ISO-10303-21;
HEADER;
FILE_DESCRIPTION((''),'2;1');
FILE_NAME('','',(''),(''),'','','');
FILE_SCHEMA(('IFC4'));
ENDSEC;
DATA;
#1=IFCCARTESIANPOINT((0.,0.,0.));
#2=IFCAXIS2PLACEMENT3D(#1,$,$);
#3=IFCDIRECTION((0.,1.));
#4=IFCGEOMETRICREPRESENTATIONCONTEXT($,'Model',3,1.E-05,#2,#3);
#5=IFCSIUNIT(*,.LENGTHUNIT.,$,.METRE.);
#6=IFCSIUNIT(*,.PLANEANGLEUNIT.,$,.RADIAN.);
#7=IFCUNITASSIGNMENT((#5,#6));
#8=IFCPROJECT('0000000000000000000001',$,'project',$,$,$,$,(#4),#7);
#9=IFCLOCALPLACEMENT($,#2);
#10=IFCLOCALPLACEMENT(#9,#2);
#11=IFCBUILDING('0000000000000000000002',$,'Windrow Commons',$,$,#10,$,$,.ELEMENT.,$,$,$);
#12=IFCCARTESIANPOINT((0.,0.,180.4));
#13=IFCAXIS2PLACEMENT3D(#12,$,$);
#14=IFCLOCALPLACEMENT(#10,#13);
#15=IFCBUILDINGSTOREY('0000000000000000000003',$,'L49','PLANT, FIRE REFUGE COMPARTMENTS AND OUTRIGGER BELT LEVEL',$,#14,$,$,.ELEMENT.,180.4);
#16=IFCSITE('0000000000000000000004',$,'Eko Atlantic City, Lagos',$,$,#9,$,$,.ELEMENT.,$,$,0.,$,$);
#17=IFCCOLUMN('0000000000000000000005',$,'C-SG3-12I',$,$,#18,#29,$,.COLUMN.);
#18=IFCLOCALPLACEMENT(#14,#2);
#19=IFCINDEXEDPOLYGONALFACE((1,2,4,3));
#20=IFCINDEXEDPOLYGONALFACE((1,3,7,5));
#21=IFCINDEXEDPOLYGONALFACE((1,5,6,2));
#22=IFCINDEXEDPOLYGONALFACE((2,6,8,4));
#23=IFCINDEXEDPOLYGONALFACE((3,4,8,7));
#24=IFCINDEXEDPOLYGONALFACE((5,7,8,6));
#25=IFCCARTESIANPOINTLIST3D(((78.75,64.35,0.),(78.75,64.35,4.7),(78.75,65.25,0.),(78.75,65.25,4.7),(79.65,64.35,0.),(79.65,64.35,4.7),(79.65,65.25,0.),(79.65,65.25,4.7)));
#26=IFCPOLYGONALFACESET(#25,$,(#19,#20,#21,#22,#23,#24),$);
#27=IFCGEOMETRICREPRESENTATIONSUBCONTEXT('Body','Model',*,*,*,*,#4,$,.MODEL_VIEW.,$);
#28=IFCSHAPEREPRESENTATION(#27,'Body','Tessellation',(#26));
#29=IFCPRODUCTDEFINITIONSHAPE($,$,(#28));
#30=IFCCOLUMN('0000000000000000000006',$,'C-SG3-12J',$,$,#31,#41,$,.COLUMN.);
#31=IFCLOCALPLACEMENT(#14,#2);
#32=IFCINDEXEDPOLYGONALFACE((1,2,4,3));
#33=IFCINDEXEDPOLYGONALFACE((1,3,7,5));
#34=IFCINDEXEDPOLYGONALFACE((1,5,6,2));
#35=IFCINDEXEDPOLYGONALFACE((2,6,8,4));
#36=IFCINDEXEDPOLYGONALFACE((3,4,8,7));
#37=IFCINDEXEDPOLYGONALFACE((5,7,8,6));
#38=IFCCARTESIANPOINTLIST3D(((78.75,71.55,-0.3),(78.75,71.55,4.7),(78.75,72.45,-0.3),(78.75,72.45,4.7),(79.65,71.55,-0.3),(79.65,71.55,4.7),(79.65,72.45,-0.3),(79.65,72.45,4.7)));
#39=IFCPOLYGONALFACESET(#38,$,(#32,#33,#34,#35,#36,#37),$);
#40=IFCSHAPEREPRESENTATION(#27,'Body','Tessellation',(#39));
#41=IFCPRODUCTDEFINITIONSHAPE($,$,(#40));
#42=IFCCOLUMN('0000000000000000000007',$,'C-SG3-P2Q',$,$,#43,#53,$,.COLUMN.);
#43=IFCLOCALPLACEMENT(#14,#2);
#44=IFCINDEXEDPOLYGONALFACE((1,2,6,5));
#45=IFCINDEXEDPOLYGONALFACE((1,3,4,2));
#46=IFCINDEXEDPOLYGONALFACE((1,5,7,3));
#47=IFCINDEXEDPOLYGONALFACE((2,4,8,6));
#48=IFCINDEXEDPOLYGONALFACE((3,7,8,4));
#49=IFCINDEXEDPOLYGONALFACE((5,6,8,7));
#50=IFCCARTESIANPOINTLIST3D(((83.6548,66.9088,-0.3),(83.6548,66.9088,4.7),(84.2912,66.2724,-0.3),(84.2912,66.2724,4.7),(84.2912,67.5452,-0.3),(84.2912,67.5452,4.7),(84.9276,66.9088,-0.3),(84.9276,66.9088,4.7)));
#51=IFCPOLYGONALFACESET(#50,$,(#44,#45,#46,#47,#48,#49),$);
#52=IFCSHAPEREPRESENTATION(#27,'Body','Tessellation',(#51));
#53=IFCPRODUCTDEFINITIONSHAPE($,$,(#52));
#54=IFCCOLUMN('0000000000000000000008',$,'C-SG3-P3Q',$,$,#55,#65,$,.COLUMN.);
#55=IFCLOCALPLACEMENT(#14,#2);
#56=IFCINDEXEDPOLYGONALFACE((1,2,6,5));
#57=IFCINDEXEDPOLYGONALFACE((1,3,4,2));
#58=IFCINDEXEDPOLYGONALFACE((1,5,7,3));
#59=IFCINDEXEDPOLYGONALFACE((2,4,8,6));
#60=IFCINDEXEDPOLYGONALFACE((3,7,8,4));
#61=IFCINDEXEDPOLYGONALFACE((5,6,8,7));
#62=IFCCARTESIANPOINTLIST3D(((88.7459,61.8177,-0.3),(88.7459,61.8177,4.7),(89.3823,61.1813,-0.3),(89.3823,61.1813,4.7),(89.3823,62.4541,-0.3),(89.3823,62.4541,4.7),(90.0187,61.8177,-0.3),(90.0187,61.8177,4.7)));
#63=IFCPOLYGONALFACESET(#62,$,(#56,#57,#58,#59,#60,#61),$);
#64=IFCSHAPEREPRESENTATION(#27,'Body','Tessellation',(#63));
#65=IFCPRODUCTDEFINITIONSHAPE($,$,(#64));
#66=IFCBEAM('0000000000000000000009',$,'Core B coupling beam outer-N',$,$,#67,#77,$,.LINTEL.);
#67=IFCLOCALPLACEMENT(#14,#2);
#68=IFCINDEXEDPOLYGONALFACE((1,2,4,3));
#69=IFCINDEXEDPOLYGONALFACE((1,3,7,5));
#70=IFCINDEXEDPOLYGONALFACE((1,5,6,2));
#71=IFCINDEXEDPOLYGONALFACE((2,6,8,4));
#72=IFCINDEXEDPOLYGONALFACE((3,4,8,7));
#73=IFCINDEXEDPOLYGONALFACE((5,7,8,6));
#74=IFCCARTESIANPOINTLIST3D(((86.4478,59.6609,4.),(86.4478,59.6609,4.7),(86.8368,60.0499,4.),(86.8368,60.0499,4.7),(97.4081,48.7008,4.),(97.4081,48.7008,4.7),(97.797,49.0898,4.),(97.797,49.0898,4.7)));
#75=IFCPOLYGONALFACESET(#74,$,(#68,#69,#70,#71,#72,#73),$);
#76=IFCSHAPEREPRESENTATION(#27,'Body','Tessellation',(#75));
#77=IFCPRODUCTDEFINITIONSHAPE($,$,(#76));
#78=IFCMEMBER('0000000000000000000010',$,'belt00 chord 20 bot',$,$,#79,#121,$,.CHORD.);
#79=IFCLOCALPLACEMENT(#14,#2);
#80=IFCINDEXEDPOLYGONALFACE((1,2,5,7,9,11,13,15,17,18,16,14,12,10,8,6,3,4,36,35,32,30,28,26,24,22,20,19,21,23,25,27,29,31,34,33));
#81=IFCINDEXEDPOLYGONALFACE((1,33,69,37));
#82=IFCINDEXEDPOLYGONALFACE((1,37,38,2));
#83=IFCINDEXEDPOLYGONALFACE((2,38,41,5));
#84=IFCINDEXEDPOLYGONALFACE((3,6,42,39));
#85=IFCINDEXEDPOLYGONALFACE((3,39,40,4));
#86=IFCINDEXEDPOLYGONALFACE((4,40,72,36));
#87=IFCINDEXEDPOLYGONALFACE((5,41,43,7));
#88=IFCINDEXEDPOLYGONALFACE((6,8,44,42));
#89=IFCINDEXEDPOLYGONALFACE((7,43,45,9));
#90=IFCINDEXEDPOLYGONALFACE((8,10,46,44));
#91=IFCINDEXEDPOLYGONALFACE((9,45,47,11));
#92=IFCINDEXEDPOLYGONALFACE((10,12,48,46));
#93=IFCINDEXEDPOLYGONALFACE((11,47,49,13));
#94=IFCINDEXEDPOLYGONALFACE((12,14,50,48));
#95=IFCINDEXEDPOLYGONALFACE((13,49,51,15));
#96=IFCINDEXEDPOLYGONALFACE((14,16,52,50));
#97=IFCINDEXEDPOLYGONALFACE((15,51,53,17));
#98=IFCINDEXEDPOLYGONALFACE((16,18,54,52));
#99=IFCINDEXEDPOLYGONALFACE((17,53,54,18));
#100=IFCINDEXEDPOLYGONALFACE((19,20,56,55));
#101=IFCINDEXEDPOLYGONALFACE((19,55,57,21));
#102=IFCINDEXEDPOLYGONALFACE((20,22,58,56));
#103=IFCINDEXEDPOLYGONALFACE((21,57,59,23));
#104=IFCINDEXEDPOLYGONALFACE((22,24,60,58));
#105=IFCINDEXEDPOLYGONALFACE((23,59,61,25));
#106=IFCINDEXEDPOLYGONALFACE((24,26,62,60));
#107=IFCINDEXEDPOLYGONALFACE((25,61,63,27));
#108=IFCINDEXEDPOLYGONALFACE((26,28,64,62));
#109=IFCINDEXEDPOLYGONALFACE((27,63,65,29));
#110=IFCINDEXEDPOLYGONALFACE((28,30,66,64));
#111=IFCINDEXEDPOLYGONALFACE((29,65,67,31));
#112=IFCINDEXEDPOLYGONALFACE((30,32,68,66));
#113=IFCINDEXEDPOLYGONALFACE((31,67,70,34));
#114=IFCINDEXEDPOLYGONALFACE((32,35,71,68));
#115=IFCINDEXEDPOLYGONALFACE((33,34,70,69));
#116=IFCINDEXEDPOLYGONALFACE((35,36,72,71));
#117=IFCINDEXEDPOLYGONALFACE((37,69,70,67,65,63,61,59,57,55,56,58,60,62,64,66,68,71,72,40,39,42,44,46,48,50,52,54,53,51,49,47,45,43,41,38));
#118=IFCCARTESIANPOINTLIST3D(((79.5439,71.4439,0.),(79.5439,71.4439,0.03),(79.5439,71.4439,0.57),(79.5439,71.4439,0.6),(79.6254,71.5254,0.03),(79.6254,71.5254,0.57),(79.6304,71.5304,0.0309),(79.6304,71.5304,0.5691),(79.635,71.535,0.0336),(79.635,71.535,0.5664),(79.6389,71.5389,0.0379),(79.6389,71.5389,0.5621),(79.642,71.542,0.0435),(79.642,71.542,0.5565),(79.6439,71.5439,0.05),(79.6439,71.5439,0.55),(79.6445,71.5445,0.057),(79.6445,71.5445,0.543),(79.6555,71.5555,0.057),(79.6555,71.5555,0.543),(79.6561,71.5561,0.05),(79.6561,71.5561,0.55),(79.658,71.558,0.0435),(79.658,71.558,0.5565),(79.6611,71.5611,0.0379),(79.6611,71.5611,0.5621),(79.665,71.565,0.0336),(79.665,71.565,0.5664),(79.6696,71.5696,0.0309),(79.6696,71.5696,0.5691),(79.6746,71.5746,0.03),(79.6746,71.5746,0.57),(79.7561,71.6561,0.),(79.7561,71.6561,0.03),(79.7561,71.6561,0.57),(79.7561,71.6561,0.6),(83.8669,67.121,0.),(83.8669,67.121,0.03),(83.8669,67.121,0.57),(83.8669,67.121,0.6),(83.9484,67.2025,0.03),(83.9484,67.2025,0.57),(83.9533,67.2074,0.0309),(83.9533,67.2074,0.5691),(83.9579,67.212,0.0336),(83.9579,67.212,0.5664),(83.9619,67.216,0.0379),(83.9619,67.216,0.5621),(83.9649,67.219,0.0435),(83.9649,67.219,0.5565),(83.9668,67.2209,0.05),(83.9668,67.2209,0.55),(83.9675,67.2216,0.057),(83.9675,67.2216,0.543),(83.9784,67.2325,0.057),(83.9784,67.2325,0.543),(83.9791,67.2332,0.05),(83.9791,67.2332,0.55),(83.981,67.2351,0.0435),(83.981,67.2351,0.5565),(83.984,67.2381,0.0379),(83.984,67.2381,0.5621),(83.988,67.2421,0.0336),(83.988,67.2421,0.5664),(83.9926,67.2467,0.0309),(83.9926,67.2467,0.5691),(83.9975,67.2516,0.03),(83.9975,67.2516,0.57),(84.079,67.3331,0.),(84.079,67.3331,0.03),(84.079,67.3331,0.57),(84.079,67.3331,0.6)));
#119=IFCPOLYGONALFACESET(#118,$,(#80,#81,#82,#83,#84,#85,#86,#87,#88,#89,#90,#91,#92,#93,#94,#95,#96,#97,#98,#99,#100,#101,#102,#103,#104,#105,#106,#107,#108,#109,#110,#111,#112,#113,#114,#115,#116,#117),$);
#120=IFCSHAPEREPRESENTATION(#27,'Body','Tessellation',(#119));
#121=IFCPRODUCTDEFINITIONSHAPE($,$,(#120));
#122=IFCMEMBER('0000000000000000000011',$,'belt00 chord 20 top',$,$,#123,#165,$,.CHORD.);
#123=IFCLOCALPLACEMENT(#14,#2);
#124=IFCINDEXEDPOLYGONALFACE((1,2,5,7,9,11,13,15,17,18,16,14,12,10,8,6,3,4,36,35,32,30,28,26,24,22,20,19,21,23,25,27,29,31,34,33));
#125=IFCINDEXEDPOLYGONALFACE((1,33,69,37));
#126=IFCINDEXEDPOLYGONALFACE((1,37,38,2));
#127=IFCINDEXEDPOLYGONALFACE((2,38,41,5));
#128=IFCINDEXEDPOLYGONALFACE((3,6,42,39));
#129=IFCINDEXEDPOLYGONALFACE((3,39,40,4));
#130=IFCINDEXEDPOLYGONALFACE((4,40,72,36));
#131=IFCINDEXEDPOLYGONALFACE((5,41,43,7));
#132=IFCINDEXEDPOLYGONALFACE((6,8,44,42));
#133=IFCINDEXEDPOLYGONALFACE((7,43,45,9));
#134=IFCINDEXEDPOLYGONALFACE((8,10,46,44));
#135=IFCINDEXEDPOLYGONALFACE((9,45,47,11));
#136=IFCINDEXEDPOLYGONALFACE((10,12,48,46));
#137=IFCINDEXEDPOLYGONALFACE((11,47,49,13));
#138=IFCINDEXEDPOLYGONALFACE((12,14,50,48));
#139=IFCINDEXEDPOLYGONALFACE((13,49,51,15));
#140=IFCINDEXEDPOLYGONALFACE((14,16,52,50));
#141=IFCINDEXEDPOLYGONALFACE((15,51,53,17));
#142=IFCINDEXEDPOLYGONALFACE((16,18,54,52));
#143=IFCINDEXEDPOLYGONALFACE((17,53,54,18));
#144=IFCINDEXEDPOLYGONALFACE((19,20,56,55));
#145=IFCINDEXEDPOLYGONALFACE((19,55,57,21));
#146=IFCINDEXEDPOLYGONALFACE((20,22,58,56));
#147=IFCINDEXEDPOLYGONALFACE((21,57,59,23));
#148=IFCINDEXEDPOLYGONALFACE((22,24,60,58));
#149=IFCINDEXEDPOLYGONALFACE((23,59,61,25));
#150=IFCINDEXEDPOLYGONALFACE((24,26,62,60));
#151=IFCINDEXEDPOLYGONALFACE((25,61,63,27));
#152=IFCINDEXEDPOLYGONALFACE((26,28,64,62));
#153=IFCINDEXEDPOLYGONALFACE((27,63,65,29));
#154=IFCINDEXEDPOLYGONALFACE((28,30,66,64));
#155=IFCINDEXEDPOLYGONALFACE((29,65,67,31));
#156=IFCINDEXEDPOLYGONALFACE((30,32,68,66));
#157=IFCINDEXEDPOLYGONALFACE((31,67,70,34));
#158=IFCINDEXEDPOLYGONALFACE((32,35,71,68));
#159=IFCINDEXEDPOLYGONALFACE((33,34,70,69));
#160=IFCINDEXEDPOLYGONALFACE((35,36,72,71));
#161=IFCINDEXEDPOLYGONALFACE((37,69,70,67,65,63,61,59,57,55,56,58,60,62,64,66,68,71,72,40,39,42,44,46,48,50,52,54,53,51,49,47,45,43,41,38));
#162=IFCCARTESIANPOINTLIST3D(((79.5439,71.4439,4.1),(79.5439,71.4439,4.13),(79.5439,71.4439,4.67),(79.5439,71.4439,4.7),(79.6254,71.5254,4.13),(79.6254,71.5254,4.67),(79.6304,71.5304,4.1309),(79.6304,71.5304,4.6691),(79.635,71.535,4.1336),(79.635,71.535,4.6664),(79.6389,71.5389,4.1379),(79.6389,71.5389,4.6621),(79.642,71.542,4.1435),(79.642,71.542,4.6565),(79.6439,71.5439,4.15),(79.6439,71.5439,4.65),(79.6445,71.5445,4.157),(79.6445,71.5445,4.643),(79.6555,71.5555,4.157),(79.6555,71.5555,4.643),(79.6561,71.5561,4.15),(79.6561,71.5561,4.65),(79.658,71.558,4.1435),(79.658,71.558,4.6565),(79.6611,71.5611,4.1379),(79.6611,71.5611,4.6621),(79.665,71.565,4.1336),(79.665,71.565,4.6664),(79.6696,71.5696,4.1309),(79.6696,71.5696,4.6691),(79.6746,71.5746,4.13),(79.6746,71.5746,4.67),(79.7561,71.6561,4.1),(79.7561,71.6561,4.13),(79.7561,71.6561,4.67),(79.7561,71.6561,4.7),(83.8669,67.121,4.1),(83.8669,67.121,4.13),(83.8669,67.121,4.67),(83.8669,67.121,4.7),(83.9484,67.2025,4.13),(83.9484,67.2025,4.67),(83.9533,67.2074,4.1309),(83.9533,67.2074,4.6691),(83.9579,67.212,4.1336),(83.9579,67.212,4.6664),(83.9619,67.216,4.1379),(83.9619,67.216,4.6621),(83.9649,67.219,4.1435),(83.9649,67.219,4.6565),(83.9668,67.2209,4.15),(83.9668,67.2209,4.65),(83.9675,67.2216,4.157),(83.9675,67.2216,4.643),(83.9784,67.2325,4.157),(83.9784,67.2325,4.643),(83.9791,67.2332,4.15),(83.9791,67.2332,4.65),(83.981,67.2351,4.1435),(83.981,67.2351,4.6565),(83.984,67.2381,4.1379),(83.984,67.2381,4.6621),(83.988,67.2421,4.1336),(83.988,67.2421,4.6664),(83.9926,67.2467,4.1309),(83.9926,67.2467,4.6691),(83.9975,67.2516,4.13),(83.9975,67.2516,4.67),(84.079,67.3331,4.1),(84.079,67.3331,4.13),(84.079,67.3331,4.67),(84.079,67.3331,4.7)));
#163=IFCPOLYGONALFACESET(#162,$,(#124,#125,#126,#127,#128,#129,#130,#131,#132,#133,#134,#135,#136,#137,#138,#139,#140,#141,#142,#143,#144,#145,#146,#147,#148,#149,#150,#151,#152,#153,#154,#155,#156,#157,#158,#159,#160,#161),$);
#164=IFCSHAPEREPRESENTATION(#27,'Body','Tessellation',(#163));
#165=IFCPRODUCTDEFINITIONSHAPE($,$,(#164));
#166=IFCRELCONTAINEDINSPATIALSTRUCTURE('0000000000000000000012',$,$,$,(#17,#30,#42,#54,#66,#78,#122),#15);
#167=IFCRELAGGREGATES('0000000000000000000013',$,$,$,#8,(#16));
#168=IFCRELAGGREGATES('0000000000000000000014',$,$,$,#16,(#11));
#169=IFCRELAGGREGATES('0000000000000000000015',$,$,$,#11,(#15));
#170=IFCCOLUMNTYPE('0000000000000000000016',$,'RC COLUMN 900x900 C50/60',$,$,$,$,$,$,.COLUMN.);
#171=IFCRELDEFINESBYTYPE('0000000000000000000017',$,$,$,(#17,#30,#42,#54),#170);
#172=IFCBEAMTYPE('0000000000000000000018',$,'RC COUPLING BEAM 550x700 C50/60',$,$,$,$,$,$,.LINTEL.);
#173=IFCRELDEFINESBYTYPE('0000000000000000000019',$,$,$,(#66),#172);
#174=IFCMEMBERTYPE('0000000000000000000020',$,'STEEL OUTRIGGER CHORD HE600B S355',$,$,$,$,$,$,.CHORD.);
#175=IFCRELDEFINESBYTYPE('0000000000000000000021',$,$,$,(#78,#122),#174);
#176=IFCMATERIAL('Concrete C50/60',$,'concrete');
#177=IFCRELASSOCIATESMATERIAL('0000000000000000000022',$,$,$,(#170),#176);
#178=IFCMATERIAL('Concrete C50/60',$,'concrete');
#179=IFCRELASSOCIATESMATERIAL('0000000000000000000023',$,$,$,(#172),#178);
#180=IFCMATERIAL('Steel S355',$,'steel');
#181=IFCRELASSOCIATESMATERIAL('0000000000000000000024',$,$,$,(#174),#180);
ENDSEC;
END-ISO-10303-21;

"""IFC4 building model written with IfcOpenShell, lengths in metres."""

from ifc_helpers import new_model, si_unit, direction, frame, origin, origin_2d, place, context, subcontext, project, spatial, rectangle, i_section, extrude, material, material_profile, profile_set, type_object, element, save


model = new_model("IFC4")

# Units and contexts
model_context = context("Model", 3, precision=1e-05, world=origin(), true_north=direction((0.0, 1.0)))
body_context = subcontext(model_context, "Body", "Model", "MODEL_VIEW")
ifc_project = project(units=[si_unit("LENGTHUNIT", "METRE"), si_unit("PLANEANGLEUNIT", "RADIAN")], contexts=[model_context])

# Site, building, storey
site_placement = place(None, origin())
site = spatial("IfcSite", under=ifc_project, at=site_placement, Name="Eko Atlantic City, Lagos", CompositionType="ELEMENT", RefElevation=0.0)
building_placement = place(site_placement, origin())
building = spatial("IfcBuilding", under=site, at=building_placement, Name="Windrow Commons", CompositionType="ELEMENT")
storey_placement = place(building_placement, frame((0.0, 0.0, 180.4)))
storey = spatial("IfcBuildingStorey", under=building, at=storey_placement, Name="L49", Description="PLANT, FIRE REFUGE COMPARTMENTS AND OUTRIGGER BELT LEVEL", CompositionType="ELEMENT", Elevation=180.4)

# Columns
ifc_material_1 = material(Name="Concrete C50/60", Category="concrete")
ifc_material_profile_1 = material_profile(ifc_material_1, rectangle(XDim=0.9, YDim=0.9, at=origin_2d()))
ifc_profile_set_1 = profile_set([ifc_material_profile_1], Name="Concrete C50/60")
column_type = type_object("IfcColumnType", Name="RC COLUMN 900x900 C50/60", PredefinedType="COLUMN", material=ifc_profile_set_1)
column_placement = place(storey_placement, frame((79.2, 64.8, 0.0), z_axis=(0.0, 0.0, 1.0), x_axis=(1.0, 0.0, 0.0)))
element("IfcColumn", 1, at=column_placement, inside=storey, type_object=column_type, Name="C-SG3-12I", PredefinedType="COLUMN", context=body_context, shape_type="SweptSolid", body=[
    extrude(rectangle(XDim=0.9, YDim=0.9, at=origin_2d()), origin(), (0.0, 0.0, 1.0), 4.7),
])
for number, where, z_axis, x_axis, name in (
    (2, (79.2, 72.0, -0.3), (0.0, 0.0, 1.0), (1.0, 0.0, 0.0), "C-SG3-12J"),
    (3, (84.2912, 66.9088, -0.3), (0.0, 0.0, 1.0), (0.707107, -0.707107, 0.0), "C-SG3-P2Q"),
    (4, (89.3823, 61.8177, -0.3), (0.0, 0.0, 1.0), (0.707107, -0.707107, 0.0), "C-SG3-P3Q"),
):
    element("IfcColumn", number, at=place(storey_placement, frame(where, z_axis=z_axis, x_axis=x_axis)), inside=storey, type_object=column_type, Name=name, PredefinedType="COLUMN", context=body_context, shape_type="SweptSolid", body=[
        extrude(rectangle(XDim=0.9, YDim=0.9, at=origin_2d()), origin(), (0.0, 0.0, 1.0), 5.0),
    ])

# Beam
ifc_material_2 = material(Name="Concrete C50/60", Category="concrete")
ifc_material_profile_2 = material_profile(ifc_material_2, rectangle(XDim=0.55, YDim=0.7, at=origin_2d()))
ifc_profile_set_2 = profile_set([ifc_material_profile_2], Name="Concrete C50/60")
beam_type = type_object("IfcBeamType", Name="RC COUPLING BEAM 550x700 C50/60", PredefinedType="LINTEL", material=ifc_profile_set_2)
beam_placement = place(storey_placement, frame((86.6423, 59.8554, 4.35), z_axis=(0.70711, -0.707104, 0.0), x_axis=(0.707104, 0.70711, 0.0)))
element("IfcBeam", 5, at=beam_placement, inside=storey, type_object=beam_type, Name="Core B coupling beam outer-N", PredefinedType="LINTEL", context=body_context, shape_type="SweptSolid", body=[
    extrude(rectangle(XDim=0.55, YDim=0.7, at=origin_2d()), origin(), (0.0, 0.0, 1.0), 15.5),
])

# Members
ifc_material_3 = material(Name="Steel S355", Category="steel")
ifc_material_profile_3 = material_profile(ifc_material_3, i_section(OverallWidth=0.3, OverallDepth=0.6, WebThickness=0.0155, FlangeThickness=0.03, FilletRadius=0.027, at=origin_2d()))
ifc_profile_set_3 = profile_set([ifc_material_profile_3], Name="Steel S355")
member_type_1 = type_object("IfcMemberType", Name="STEEL OUTRIGGER CHORD HE600B S355", PredefinedType="CHORD", material=ifc_profile_set_3)
for number, where, z_axis, x_axis, name in (
    (6, (79.65, 71.55, 0.3), (0.707107, -0.707107, 0.0), (0.707107, 0.707107, 0.0), "belt00 chord 20 bot"),
    (7, (79.65, 71.55, 4.4), (0.707107, -0.707107, 0.0), (0.707107, 0.707107, 0.0), "belt00 chord 20 top"),
):
    element("IfcMember", number, at=place(storey_placement, frame(where, z_axis=z_axis, x_axis=x_axis)), inside=storey, type_object=member_type_1, Name=name, PredefinedType="CHORD", context=body_context, shape_type="SweptSolid", body=[
        extrude(i_section(OverallWidth=0.3, OverallDepth=0.6, WebThickness=0.0155, FlangeThickness=0.03, FilletRadius=0.027, at=origin_2d()), origin(), (0.0, 0.0, 1.0), 6.1136),
    ])

save(model, "model.ifc")
